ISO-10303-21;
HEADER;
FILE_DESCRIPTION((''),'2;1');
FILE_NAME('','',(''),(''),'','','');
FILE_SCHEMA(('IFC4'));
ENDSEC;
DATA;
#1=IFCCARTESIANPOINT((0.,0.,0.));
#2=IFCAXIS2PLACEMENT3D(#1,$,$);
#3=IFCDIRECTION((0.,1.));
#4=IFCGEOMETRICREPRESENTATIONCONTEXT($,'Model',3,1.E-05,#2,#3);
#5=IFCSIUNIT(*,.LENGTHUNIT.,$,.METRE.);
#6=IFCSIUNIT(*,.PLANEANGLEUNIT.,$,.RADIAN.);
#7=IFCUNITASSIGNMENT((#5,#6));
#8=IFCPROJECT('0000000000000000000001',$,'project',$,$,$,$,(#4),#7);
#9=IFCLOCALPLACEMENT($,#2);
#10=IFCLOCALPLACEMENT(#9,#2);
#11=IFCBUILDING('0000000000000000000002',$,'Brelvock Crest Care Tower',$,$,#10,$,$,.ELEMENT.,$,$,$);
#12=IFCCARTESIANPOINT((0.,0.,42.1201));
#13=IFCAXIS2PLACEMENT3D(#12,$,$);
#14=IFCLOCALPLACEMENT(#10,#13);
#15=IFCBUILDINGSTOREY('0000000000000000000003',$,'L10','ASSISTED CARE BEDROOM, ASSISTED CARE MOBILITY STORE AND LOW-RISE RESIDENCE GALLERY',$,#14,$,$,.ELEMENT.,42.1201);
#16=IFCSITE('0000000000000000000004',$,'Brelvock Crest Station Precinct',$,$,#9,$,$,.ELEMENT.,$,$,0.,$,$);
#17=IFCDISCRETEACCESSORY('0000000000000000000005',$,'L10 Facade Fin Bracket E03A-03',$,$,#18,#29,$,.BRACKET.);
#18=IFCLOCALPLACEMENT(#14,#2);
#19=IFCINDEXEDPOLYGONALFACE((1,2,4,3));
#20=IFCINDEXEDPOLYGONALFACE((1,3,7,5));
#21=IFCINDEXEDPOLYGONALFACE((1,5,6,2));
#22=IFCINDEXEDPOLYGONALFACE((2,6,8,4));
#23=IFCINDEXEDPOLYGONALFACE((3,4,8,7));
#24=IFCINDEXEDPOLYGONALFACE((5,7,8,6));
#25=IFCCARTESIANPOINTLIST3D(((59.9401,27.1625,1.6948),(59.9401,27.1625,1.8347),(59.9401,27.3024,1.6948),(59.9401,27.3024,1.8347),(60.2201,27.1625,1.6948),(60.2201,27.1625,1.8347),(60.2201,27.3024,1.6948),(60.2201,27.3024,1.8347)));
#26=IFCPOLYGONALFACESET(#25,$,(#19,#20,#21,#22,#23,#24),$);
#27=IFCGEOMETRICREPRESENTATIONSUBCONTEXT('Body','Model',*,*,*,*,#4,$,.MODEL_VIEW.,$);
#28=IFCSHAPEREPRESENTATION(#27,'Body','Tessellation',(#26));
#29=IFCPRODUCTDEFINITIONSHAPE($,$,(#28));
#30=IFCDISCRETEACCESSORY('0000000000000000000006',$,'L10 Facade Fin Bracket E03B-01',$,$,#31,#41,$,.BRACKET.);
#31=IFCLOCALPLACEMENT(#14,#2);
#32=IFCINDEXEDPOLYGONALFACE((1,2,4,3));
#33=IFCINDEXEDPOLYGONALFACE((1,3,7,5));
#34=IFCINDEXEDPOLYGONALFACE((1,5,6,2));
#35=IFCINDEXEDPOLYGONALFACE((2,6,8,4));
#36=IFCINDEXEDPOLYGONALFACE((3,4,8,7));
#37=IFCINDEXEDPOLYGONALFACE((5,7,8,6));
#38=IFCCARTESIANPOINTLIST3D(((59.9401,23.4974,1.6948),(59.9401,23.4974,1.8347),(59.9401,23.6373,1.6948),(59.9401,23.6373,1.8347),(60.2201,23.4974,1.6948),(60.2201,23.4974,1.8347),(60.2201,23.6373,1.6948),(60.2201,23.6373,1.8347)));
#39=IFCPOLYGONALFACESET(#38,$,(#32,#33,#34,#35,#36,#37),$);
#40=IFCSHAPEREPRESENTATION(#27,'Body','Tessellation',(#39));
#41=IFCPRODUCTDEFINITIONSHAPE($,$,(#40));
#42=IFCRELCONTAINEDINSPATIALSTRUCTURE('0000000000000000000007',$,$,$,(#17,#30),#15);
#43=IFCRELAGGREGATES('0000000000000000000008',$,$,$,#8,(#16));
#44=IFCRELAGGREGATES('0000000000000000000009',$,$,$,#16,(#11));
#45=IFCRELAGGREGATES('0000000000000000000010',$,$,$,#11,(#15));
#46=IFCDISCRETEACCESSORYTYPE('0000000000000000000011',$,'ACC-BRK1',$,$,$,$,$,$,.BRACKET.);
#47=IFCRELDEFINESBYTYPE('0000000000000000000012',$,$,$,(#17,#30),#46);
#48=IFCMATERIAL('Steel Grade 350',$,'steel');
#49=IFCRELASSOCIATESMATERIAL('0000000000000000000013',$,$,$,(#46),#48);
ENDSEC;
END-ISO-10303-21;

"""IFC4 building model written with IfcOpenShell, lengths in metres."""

from ifc_helpers import new_model, si_unit, direction, frame, origin, origin_2d, place, context, subcontext, project, spatial, rectangle, extrude, source, transform, mapped, material, type_object, element, save


model = new_model("IFC4")

# Units and contexts
model_context = context("Model", 3, precision=1e-05, world=origin(), true_north=direction((0.0, 1.0)))
body_context = subcontext(model_context, "Body", "Model", "MODEL_VIEW")
ifc_project = project(units=[si_unit("LENGTHUNIT", "METRE"), si_unit("PLANEANGLEUNIT", "RADIAN")], contexts=[model_context])

# Site, building, storey
site_placement = place(None, origin())
site = spatial("IfcSite", under=ifc_project, at=site_placement, Name="Brelvock Crest Station Precinct", CompositionType="ELEMENT", RefElevation=0.0)
building_placement = place(site_placement, origin())
building = spatial("IfcBuilding", under=site, at=building_placement, Name="Brelvock Crest Care Tower", CompositionType="ELEMENT")
storey_placement = place(building_placement, frame((0.0, 0.0, 42.1201)))
storey = spatial("IfcBuildingStorey", under=building, at=storey_placement, Name="L10", Description="ASSISTED CARE BEDROOM, ASSISTED CARE MOBILITY STORE AND LOW-RISE RESIDENCE GALLERY", CompositionType="ELEMENT", Elevation=42.1201)

# Discrete accessories
ifc_material_1 = material(Name="Steel Grade 350", Category="steel")
discrete_accessory_type = type_object("IfcDiscreteAccessoryType", Name="ACC-BRK1", PredefinedType="BRACKET", material=ifc_material_1)
shared_shape_1 = source(origin(), body_context, "Body", "SweptSolid", [
    extrude(rectangle(XDim=0.28, YDim=0.1399, at=origin_2d()), origin(), (0.0, 0.0, 1.0), 0.1399),
])
for number, where, z_axis, x_axis, name in (
    (1, (60.0801, 27.2324, 1.6948), (0.0, 0.0, 1.0), (1.0, 0.0, 0.0), "L10 Facade Fin Bracket E03A-03"),
    (2, (60.0801, 23.5674, 1.6948), (0.0, 0.0, 1.0), (1.0, 0.0, 0.0), "L10 Facade Fin Bracket E03B-01"),
):
    element("IfcDiscreteAccessory", number, at=place(storey_placement, frame(where, z_axis=z_axis, x_axis=x_axis)), inside=storey, type_object=discrete_accessory_type, Name=name, PredefinedType="BRACKET", context=body_context, shape_type="MappedRepresentation", body=[
        mapped(shared_shape_1, transform((0.0, 0.0, 0.0), x_axis=(1.0, 0.0, 0.0), y_axis=(0.0, 1.0, 0.0), z_axis=(0.0, 0.0, 1.0), scale=1.0)),
    ])

save(model, "model.ifc")
